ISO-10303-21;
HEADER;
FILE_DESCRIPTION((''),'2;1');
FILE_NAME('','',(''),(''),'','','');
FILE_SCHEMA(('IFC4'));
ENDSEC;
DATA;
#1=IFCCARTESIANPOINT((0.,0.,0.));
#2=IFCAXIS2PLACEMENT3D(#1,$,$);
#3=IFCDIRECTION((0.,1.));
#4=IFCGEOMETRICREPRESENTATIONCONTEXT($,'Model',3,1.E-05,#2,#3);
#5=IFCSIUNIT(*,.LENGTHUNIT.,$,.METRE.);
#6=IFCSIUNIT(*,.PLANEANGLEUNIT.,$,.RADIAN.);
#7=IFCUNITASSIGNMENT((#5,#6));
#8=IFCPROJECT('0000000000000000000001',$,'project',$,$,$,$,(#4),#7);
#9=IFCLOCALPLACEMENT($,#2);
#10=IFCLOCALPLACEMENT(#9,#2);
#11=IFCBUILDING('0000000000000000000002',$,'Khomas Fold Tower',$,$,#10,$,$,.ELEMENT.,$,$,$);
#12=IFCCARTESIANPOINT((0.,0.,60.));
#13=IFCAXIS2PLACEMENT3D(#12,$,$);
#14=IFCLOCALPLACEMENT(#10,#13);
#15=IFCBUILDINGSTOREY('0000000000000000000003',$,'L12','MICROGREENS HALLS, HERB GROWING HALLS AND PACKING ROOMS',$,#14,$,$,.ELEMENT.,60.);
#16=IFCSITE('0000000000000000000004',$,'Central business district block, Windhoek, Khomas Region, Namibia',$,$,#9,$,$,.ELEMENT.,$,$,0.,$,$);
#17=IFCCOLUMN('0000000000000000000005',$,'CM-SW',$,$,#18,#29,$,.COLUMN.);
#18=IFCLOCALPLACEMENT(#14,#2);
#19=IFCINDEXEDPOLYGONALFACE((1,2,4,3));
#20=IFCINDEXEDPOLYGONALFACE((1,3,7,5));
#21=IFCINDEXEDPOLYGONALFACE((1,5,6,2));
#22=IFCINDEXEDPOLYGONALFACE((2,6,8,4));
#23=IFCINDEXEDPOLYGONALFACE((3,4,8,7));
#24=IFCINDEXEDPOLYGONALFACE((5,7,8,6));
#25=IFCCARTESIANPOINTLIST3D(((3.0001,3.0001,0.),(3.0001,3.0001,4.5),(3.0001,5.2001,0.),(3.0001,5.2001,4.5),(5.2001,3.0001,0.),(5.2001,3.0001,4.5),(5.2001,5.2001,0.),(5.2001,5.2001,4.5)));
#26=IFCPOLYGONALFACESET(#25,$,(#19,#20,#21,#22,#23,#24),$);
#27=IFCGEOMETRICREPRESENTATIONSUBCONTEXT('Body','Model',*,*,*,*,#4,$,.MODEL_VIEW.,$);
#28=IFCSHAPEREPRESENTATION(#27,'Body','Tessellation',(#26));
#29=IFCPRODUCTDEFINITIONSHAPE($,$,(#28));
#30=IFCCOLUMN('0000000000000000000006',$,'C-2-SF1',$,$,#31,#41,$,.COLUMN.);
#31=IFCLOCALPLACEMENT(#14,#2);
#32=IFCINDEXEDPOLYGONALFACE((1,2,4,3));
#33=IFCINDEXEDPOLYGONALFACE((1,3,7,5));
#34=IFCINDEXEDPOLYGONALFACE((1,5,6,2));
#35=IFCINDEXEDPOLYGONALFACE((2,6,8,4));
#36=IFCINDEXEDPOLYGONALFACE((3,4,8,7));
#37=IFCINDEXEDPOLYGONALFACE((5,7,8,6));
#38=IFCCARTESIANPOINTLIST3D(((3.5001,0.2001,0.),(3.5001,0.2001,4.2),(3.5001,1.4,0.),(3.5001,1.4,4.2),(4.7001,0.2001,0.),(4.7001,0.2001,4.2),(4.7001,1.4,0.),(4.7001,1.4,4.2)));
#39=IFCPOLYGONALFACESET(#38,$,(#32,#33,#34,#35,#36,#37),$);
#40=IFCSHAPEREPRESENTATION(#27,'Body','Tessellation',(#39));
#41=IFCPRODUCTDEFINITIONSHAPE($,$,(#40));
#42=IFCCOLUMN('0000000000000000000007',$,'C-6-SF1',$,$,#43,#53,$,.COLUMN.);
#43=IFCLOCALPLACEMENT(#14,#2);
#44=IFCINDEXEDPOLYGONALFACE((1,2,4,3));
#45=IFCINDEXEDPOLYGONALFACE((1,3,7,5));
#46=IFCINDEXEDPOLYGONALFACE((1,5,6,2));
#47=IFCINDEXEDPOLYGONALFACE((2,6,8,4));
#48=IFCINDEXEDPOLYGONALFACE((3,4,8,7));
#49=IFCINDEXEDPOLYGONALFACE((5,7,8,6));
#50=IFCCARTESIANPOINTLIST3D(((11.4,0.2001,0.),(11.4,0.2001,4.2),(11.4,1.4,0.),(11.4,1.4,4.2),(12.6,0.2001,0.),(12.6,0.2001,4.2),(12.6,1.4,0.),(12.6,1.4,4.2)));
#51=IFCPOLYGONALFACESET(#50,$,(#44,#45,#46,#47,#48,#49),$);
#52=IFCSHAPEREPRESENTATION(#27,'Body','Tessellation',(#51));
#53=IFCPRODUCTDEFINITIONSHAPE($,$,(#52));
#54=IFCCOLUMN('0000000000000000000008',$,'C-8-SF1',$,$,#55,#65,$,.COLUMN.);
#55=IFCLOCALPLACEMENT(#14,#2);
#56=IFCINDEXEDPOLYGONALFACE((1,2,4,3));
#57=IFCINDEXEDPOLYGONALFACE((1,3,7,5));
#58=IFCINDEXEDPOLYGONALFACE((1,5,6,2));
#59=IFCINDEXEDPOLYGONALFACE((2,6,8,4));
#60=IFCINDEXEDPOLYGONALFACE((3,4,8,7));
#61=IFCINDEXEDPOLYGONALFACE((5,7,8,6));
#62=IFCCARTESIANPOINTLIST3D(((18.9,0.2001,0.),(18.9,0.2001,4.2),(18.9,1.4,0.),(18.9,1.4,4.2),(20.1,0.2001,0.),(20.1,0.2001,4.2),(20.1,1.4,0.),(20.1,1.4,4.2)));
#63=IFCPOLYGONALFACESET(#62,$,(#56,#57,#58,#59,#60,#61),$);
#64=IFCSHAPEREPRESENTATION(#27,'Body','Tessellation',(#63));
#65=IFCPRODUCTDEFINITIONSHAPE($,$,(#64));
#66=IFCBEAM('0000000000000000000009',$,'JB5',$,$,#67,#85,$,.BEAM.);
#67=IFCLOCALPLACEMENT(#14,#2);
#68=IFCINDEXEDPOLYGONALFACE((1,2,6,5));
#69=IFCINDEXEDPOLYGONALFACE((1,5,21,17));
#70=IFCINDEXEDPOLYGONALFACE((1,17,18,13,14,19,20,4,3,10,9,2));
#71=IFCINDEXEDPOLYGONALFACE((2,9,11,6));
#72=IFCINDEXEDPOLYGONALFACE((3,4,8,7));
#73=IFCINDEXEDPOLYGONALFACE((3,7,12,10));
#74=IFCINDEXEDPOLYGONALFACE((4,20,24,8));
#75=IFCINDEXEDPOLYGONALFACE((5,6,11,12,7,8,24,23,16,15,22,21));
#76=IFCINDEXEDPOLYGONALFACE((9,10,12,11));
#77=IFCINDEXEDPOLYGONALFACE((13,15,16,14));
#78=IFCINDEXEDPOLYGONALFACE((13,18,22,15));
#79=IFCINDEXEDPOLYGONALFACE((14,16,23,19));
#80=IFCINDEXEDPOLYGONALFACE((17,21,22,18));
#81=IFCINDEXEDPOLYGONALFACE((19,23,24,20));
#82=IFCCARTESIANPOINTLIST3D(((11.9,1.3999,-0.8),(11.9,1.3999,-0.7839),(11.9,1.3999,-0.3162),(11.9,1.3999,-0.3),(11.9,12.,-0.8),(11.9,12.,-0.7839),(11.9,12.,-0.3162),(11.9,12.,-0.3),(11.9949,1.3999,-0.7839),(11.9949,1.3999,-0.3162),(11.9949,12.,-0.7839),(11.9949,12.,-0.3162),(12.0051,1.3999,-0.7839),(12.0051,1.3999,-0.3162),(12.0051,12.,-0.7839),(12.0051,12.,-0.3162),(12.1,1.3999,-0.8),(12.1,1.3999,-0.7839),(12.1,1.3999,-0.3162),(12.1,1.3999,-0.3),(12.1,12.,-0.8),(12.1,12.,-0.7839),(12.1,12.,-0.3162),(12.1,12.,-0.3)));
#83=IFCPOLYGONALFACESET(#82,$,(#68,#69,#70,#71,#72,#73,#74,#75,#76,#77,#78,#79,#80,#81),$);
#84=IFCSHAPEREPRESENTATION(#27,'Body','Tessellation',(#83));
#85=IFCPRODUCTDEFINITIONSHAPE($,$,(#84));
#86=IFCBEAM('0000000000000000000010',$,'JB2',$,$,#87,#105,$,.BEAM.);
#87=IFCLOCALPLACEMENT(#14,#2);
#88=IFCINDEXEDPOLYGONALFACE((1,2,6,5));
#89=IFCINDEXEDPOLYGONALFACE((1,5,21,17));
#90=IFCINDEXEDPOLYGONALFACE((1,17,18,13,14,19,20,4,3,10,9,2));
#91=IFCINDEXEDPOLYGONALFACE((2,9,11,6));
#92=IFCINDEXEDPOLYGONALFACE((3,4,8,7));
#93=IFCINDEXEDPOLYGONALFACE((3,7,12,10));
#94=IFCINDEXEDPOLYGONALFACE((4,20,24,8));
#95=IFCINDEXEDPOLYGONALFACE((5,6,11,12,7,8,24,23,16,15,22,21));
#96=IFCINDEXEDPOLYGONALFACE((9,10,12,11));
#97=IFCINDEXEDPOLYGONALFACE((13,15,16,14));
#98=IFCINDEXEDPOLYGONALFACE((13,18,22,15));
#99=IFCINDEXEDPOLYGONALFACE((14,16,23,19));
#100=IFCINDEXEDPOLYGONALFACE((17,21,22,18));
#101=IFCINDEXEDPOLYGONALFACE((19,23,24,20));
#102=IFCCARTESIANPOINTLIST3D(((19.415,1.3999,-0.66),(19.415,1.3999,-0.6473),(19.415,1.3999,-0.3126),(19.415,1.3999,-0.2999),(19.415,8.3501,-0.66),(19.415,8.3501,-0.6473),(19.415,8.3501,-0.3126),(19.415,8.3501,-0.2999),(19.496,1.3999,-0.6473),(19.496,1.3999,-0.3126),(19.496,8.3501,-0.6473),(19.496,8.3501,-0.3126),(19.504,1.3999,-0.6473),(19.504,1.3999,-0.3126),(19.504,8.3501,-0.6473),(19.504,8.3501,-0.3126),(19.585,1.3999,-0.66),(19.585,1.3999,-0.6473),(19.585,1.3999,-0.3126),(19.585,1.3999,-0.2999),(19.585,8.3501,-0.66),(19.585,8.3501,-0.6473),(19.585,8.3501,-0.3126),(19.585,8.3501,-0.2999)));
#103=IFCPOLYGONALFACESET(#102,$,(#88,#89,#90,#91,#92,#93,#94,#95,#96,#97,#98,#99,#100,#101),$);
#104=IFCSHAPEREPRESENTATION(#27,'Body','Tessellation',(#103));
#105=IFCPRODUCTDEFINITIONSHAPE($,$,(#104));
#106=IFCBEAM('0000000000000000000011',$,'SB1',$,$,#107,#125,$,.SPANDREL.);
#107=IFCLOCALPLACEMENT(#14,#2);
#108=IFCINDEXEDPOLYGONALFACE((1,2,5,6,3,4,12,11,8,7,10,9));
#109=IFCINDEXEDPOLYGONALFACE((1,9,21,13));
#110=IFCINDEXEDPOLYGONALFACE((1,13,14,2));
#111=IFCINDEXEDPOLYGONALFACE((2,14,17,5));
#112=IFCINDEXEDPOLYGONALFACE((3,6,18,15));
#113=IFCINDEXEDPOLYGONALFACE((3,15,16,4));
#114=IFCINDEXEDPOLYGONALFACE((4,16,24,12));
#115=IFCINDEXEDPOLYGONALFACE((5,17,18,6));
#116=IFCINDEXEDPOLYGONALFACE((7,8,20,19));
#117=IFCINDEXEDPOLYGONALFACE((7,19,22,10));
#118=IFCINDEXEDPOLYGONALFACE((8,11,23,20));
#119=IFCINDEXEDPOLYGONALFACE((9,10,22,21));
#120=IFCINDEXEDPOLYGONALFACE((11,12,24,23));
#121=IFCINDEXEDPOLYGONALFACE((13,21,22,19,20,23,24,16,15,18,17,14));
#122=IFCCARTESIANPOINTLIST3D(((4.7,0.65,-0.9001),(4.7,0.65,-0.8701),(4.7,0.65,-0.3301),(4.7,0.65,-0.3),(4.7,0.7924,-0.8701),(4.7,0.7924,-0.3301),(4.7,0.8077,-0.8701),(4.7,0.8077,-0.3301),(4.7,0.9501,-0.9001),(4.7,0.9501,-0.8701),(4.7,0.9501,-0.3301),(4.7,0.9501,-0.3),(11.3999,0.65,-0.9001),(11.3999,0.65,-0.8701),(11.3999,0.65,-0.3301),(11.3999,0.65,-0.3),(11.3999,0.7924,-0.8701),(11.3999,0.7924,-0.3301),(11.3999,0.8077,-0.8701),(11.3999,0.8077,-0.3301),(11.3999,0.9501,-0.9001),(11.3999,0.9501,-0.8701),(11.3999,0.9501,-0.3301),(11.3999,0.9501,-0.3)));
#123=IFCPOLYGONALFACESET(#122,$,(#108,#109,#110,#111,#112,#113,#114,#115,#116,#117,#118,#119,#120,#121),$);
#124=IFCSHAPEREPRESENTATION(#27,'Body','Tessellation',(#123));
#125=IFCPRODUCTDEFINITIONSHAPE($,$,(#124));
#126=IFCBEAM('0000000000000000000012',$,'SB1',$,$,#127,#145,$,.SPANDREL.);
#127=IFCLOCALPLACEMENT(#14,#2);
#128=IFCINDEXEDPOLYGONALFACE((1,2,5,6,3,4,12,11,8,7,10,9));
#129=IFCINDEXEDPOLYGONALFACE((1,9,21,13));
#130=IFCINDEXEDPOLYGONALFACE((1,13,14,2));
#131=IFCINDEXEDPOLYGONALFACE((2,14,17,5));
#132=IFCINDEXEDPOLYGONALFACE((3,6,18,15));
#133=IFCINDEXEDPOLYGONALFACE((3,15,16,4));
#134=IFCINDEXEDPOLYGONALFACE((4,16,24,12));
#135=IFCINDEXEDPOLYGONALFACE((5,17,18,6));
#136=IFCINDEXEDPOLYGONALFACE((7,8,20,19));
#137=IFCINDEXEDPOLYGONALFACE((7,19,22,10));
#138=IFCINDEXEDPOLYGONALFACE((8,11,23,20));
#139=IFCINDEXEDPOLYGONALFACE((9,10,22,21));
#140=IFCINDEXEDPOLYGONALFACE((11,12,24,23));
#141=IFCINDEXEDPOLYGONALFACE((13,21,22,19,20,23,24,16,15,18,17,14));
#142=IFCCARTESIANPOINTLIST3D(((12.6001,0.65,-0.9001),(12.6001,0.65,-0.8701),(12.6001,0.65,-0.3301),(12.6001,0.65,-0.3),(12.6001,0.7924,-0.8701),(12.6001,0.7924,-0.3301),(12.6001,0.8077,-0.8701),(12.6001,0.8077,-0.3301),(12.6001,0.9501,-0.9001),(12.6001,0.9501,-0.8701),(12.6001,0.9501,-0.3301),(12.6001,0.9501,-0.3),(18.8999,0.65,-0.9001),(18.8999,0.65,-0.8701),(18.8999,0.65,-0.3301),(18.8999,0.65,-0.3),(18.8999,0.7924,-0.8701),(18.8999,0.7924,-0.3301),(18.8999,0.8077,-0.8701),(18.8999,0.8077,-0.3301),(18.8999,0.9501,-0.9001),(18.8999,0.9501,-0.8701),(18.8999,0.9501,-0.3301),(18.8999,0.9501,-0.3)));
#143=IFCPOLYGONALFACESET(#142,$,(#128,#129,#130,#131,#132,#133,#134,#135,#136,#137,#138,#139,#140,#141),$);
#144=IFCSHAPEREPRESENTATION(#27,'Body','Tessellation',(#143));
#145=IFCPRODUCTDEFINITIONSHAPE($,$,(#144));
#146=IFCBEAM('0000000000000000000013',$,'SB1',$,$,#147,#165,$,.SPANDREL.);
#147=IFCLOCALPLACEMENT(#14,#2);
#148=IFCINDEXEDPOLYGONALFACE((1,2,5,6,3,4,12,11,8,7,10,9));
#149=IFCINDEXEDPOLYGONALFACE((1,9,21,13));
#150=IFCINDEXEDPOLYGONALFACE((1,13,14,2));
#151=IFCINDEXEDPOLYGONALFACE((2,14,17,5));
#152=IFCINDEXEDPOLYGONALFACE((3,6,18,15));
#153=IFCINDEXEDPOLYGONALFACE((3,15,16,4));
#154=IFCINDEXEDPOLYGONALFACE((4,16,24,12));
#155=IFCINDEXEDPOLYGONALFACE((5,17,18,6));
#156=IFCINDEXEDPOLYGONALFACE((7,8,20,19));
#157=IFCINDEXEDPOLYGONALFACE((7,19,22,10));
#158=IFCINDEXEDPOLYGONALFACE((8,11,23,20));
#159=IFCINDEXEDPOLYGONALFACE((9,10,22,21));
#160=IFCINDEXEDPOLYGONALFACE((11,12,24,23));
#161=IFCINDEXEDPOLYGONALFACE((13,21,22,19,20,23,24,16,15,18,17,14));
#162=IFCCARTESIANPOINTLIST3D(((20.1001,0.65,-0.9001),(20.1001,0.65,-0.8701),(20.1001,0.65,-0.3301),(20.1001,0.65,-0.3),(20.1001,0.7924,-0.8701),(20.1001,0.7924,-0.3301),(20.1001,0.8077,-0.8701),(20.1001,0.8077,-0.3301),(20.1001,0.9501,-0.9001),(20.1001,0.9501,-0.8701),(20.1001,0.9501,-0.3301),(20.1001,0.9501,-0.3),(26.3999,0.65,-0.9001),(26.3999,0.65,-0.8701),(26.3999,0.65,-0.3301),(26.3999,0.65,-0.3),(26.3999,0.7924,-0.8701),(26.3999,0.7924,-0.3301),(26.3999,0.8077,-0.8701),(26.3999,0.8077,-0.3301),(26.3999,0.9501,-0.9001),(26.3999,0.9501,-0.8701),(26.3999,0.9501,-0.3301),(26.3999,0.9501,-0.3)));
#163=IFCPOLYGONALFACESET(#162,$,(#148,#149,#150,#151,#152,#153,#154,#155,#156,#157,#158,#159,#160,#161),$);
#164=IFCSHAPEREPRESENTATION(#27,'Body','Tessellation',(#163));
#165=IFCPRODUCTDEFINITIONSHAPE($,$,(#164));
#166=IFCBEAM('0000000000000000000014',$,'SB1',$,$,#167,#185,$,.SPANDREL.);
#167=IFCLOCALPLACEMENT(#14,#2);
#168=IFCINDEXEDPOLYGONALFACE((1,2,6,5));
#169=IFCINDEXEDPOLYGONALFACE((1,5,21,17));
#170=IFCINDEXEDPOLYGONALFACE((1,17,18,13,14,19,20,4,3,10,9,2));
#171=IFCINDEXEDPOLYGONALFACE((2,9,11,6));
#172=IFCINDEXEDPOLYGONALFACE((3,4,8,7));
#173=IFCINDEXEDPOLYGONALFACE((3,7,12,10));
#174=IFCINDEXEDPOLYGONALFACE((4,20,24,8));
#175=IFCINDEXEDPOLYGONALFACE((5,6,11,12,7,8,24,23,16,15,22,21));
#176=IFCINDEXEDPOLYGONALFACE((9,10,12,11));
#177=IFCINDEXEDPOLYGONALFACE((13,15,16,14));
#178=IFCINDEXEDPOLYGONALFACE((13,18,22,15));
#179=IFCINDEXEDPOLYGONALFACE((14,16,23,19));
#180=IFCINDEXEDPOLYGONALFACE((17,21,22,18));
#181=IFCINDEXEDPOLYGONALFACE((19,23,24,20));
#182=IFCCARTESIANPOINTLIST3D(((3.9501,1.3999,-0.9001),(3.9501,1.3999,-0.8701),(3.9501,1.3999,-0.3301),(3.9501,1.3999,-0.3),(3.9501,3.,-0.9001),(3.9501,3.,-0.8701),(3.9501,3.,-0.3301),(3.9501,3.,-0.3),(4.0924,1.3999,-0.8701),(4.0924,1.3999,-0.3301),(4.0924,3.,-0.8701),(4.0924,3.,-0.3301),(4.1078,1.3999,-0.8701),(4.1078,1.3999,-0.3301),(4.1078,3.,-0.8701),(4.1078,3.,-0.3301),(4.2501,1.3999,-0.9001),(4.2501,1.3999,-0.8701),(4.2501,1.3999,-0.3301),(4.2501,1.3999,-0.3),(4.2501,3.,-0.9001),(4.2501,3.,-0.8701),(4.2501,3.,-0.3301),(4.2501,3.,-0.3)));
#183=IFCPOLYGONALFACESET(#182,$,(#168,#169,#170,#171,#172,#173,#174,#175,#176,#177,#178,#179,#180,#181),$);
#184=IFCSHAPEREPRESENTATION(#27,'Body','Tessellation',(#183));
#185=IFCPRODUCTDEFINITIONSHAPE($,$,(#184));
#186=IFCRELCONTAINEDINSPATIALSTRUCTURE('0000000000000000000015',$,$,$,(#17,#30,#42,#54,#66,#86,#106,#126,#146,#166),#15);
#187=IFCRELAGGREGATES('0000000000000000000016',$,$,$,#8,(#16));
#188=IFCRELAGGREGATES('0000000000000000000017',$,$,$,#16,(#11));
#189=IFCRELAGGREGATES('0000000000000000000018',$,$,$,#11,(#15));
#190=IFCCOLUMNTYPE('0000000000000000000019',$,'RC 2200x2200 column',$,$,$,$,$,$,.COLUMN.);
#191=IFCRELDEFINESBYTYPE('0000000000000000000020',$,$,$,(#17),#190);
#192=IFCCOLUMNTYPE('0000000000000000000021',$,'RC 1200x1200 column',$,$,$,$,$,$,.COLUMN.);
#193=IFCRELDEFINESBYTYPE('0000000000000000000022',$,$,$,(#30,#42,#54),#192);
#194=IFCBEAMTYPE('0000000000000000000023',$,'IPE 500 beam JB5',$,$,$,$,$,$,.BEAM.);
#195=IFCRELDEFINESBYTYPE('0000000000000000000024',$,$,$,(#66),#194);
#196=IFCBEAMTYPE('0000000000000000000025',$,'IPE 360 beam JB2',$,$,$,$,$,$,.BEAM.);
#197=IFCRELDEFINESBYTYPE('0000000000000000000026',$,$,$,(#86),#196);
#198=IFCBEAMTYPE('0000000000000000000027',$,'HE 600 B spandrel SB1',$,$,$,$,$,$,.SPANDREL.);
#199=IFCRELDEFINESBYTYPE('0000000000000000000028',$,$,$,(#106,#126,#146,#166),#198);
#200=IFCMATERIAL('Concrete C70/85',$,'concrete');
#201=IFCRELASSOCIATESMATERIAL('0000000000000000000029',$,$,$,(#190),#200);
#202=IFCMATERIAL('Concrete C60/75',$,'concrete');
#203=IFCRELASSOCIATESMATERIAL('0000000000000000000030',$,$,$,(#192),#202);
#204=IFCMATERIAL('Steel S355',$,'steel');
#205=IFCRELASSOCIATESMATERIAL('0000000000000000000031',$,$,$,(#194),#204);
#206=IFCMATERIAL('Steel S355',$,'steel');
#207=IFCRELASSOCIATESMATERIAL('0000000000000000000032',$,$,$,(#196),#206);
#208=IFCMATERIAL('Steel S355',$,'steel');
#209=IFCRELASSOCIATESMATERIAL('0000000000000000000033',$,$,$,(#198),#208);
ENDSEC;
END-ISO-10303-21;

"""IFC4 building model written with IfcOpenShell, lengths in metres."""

from ifc_helpers import new_model, si_unit, direction, frame, origin, origin_2d, place, context, subcontext, project, spatial, rectangle, i_section, extrude, source, transform, mapped, material, material_profile, profile_set, type_object, element, save


model = new_model("IFC4")

# Units and contexts
model_context = context("Model", 3, precision=1e-05, world=origin(), true_north=direction((0.0, 1.0)))
body_context = subcontext(model_context, "Body", "Model", "MODEL_VIEW")
ifc_project = project(units=[si_unit("LENGTHUNIT", "METRE"), si_unit("PLANEANGLEUNIT", "RADIAN")], contexts=[model_context])

# Site, building, storey
site_placement = place(None, origin())
site = spatial("IfcSite", under=ifc_project, at=site_placement, Name="Central business district block, Windhoek, Khomas Region, Namibia", CompositionType="ELEMENT", RefElevation=0.0)
building_placement = place(site_placement, origin())
building = spatial("IfcBuilding", under=site, at=building_placement, Name="Khomas Fold Tower", CompositionType="ELEMENT")
storey_placement = place(building_placement, frame((0.0, 0.0, 60.0)))
storey = spatial("IfcBuildingStorey", under=building, at=storey_placement, Name="L12", Description="MICROGREENS HALLS, HERB GROWING HALLS AND PACKING ROOMS", CompositionType="ELEMENT", Elevation=60.0)

# Columns
ifc_material_1 = material(Name="Concrete C70/85", Category="concrete")
ifc_material_profile_1 = material_profile(ifc_material_1, rectangle(XDim=2.2, YDim=2.2, at=origin_2d()), Name="RC 2200x2200")
ifc_profile_set_1 = profile_set([ifc_material_profile_1], Name="Concrete C70/85")
column_type_1 = type_object("IfcColumnType", Name="RC 2200x2200 column", PredefinedType="COLUMN", material=ifc_profile_set_1)
shared_shape_1 = source(origin(), body_context, "Body", "SweptSolid", [
    extrude(rectangle(XDim=2.2, YDim=2.2, at=origin_2d()), origin(), (0.0, 0.0, 1.0), 4.5),
])
column_placement = place(storey_placement, frame((4.1001, 4.1001, 0.0), z_axis=(0.0, 0.0, 1.0), x_axis=(1.0, 0.0, 0.0)))
element("IfcColumn", 1, at=column_placement, inside=storey, type_object=column_type_1, Name="CM-SW", PredefinedType="COLUMN", context=body_context, shape_type="MappedRepresentation", body=[
    mapped(shared_shape_1, transform((0.0, 0.0, 0.0))),
])
ifc_material_2 = material(Name="Concrete C60/75", Category="concrete")
ifc_material_profile_2 = material_profile(ifc_material_2, rectangle(XDim=1.2, YDim=1.2, at=origin_2d()), Name="RC 1200x1200")
ifc_profile_set_2 = profile_set([ifc_material_profile_2], Name="Concrete C60/75")
column_type_2 = type_object("IfcColumnType", Name="RC 1200x1200 column", PredefinedType="COLUMN", material=ifc_profile_set_2)
shared_shape_2 = source(origin(), body_context, "Body", "SweptSolid", [
    extrude(rectangle(XDim=1.2, YDim=1.2, at=origin_2d()), origin(), (0.0, 0.0, 1.0), 4.2),
])
for number, where, z_axis, x_axis, name in (
    (2, (4.1001, 0.8, 0.0), (0.0, 0.0, 1.0), (1.0, 0.0, 0.0), "C-2-SF1"),
    (3, (12.0, 0.8, 0.0), (0.0, 0.0, 1.0), (1.0, 0.0, 0.0), "C-6-SF1"),
    (4, (19.5, 0.8, 0.0), (0.0, 0.0, 1.0), (1.0, 0.0, 0.0), "C-8-SF1"),
):
    element("IfcColumn", number, at=place(storey_placement, frame(where, z_axis=z_axis, x_axis=x_axis)), inside=storey, type_object=column_type_2, Name=name, PredefinedType="COLUMN", context=body_context, shape_type="MappedRepresentation", body=[
        mapped(shared_shape_2, transform((0.0, 0.0, 0.0))),
    ])

# Beams
ifc_material_3 = material(Name="Steel S355", Category="steel")
ifc_material_profile_3 = material_profile(ifc_material_3, i_section(OverallWidth=0.2, OverallDepth=0.5, WebThickness=0.0103, FlangeThickness=0.0161, at=origin_2d()), Name="IPE 500")
ifc_profile_set_3 = profile_set([ifc_material_profile_3], Name="Steel S355")
beam_type_1 = type_object("IfcBeamType", Name="IPE 500 beam JB5", PredefinedType="BEAM", material=ifc_profile_set_3)
shared_shape_3 = source(origin(), body_context, "Body", "SweptSolid", [
    extrude(i_section(OverallWidth=0.2, OverallDepth=0.5, WebThickness=0.0103, FlangeThickness=0.0161, at=origin_2d()), origin(), (0.0, 0.0, 1.0), 10.6001),
])
beam_1_placement = place(storey_placement, frame((12.0, 1.3999, -0.55), z_axis=(0.0, 1.0, 0.0), x_axis=(-1.0, 0.0, 0.0)))
element("IfcBeam", 5, at=beam_1_placement, inside=storey, type_object=beam_type_1, Name="JB5", PredefinedType="BEAM", context=body_context, shape_type="MappedRepresentation", body=[
    mapped(shared_shape_3, transform((0.0, 0.0, 0.0))),
])
ifc_material_4 = material(Name="Steel S355", Category="steel")
ifc_material_profile_4 = material_profile(ifc_material_4, i_section(OverallWidth=0.1699, OverallDepth=0.3601, WebThickness=0.0081, FlangeThickness=0.0127, at=origin_2d()), Name="IPE 360")
ifc_profile_set_4 = profile_set([ifc_material_profile_4], Name="Steel S355")
beam_type_2 = type_object("IfcBeamType", Name="IPE 360 beam JB2", PredefinedType="BEAM", material=ifc_profile_set_4)
shared_shape_4 = source(origin(), body_context, "Body", "SweptSolid", [
    extrude(i_section(OverallWidth=0.1699, OverallDepth=0.3601, WebThickness=0.0081, FlangeThickness=0.0127, at=origin_2d()), origin(), (0.0, 0.0, 1.0), 6.9502),
])
beam_2_placement = place(storey_placement, frame((19.5, 1.3999, -0.48), z_axis=(0.0, 1.0, 0.0), x_axis=(-1.0, 0.0, 0.0)))
element("IfcBeam", 6, at=beam_2_placement, inside=storey, type_object=beam_type_2, Name="JB2", PredefinedType="BEAM", context=body_context, shape_type="MappedRepresentation", body=[
    mapped(shared_shape_4, transform((0.0, 0.0, 0.0))),
])
ifc_material_5 = material(Name="Steel S355", Category="steel")
ifc_material_profile_5 = material_profile(ifc_material_5, i_section(OverallWidth=0.3, OverallDepth=0.6001, WebThickness=0.0154, FlangeThickness=0.03, at=origin_2d()), Name="HE 600 B")
ifc_profile_set_5 = profile_set([ifc_material_profile_5], Name="Steel S355")
beam_type_3 = type_object("IfcBeamType", Name="HE 600 B spandrel SB1", PredefinedType="SPANDREL", material=ifc_profile_set_5)
shared_shape_5 = source(origin(), body_context, "Body", "SweptSolid", [
    extrude(i_section(OverallWidth=0.3, OverallDepth=0.6001, WebThickness=0.0154, FlangeThickness=0.03, at=origin_2d()), origin(), (0.0, 0.0, 1.0), 6.7),
])
beam_3_placement = place(storey_placement, frame((4.7, 0.8, -0.6001), z_axis=(1.0, 0.0, 0.0), x_axis=(0.0, 1.0, 0.0)))
element("IfcBeam", 7, at=beam_3_placement, inside=storey, type_object=beam_type_3, Name="SB1", PredefinedType="SPANDREL", context=body_context, shape_type="MappedRepresentation", body=[
    mapped(shared_shape_5, transform((0.0, 0.0, 0.0))),
])
shared_shape_6 = source(origin(), body_context, "Body", "SweptSolid", [
    extrude(i_section(OverallWidth=0.3, OverallDepth=0.6001, WebThickness=0.0154, FlangeThickness=0.03, at=origin_2d()), origin(), (0.0, 0.0, 1.0), 6.2998),
])
for number, where, z_axis, x_axis, name in (
    (8, (12.6001, 0.8, -0.6001), (1.0, 0.0, 0.0), (0.0, 1.0, 0.0), "SB1"),
    (9, (20.1001, 0.8, -0.6001), (1.0, 0.0, 0.0), (0.0, 1.0, 0.0), "SB1"),
):
    element("IfcBeam", number, at=place(storey_placement, frame(where, z_axis=z_axis, x_axis=x_axis)), inside=storey, type_object=beam_type_3, Name=name, PredefinedType="SPANDREL", context=body_context, shape_type="MappedRepresentation", body=[
        mapped(shared_shape_6, transform((0.0, 0.0, 0.0))),
    ])
shared_shape_7 = source(origin(), body_context, "Body", "SweptSolid", [
    extrude(i_section(OverallWidth=0.3, OverallDepth=0.6001, WebThickness=0.0154, FlangeThickness=0.03, at=origin_2d()), origin(), (0.0, 0.0, 1.0), 1.6001),
])
beam_4_placement = place(storey_placement, frame((4.1001, 1.3999, -0.6001), z_axis=(0.0, 1.0, 0.0), x_axis=(-1.0, 0.0, 0.0)))
element("IfcBeam", 10, at=beam_4_placement, inside=storey, type_object=beam_type_3, Name="SB1", PredefinedType="SPANDREL", context=body_context, shape_type="MappedRepresentation", body=[
    mapped(shared_shape_7, transform((0.0, 0.0, 0.0))),
])

save(model, "model.ifc")
